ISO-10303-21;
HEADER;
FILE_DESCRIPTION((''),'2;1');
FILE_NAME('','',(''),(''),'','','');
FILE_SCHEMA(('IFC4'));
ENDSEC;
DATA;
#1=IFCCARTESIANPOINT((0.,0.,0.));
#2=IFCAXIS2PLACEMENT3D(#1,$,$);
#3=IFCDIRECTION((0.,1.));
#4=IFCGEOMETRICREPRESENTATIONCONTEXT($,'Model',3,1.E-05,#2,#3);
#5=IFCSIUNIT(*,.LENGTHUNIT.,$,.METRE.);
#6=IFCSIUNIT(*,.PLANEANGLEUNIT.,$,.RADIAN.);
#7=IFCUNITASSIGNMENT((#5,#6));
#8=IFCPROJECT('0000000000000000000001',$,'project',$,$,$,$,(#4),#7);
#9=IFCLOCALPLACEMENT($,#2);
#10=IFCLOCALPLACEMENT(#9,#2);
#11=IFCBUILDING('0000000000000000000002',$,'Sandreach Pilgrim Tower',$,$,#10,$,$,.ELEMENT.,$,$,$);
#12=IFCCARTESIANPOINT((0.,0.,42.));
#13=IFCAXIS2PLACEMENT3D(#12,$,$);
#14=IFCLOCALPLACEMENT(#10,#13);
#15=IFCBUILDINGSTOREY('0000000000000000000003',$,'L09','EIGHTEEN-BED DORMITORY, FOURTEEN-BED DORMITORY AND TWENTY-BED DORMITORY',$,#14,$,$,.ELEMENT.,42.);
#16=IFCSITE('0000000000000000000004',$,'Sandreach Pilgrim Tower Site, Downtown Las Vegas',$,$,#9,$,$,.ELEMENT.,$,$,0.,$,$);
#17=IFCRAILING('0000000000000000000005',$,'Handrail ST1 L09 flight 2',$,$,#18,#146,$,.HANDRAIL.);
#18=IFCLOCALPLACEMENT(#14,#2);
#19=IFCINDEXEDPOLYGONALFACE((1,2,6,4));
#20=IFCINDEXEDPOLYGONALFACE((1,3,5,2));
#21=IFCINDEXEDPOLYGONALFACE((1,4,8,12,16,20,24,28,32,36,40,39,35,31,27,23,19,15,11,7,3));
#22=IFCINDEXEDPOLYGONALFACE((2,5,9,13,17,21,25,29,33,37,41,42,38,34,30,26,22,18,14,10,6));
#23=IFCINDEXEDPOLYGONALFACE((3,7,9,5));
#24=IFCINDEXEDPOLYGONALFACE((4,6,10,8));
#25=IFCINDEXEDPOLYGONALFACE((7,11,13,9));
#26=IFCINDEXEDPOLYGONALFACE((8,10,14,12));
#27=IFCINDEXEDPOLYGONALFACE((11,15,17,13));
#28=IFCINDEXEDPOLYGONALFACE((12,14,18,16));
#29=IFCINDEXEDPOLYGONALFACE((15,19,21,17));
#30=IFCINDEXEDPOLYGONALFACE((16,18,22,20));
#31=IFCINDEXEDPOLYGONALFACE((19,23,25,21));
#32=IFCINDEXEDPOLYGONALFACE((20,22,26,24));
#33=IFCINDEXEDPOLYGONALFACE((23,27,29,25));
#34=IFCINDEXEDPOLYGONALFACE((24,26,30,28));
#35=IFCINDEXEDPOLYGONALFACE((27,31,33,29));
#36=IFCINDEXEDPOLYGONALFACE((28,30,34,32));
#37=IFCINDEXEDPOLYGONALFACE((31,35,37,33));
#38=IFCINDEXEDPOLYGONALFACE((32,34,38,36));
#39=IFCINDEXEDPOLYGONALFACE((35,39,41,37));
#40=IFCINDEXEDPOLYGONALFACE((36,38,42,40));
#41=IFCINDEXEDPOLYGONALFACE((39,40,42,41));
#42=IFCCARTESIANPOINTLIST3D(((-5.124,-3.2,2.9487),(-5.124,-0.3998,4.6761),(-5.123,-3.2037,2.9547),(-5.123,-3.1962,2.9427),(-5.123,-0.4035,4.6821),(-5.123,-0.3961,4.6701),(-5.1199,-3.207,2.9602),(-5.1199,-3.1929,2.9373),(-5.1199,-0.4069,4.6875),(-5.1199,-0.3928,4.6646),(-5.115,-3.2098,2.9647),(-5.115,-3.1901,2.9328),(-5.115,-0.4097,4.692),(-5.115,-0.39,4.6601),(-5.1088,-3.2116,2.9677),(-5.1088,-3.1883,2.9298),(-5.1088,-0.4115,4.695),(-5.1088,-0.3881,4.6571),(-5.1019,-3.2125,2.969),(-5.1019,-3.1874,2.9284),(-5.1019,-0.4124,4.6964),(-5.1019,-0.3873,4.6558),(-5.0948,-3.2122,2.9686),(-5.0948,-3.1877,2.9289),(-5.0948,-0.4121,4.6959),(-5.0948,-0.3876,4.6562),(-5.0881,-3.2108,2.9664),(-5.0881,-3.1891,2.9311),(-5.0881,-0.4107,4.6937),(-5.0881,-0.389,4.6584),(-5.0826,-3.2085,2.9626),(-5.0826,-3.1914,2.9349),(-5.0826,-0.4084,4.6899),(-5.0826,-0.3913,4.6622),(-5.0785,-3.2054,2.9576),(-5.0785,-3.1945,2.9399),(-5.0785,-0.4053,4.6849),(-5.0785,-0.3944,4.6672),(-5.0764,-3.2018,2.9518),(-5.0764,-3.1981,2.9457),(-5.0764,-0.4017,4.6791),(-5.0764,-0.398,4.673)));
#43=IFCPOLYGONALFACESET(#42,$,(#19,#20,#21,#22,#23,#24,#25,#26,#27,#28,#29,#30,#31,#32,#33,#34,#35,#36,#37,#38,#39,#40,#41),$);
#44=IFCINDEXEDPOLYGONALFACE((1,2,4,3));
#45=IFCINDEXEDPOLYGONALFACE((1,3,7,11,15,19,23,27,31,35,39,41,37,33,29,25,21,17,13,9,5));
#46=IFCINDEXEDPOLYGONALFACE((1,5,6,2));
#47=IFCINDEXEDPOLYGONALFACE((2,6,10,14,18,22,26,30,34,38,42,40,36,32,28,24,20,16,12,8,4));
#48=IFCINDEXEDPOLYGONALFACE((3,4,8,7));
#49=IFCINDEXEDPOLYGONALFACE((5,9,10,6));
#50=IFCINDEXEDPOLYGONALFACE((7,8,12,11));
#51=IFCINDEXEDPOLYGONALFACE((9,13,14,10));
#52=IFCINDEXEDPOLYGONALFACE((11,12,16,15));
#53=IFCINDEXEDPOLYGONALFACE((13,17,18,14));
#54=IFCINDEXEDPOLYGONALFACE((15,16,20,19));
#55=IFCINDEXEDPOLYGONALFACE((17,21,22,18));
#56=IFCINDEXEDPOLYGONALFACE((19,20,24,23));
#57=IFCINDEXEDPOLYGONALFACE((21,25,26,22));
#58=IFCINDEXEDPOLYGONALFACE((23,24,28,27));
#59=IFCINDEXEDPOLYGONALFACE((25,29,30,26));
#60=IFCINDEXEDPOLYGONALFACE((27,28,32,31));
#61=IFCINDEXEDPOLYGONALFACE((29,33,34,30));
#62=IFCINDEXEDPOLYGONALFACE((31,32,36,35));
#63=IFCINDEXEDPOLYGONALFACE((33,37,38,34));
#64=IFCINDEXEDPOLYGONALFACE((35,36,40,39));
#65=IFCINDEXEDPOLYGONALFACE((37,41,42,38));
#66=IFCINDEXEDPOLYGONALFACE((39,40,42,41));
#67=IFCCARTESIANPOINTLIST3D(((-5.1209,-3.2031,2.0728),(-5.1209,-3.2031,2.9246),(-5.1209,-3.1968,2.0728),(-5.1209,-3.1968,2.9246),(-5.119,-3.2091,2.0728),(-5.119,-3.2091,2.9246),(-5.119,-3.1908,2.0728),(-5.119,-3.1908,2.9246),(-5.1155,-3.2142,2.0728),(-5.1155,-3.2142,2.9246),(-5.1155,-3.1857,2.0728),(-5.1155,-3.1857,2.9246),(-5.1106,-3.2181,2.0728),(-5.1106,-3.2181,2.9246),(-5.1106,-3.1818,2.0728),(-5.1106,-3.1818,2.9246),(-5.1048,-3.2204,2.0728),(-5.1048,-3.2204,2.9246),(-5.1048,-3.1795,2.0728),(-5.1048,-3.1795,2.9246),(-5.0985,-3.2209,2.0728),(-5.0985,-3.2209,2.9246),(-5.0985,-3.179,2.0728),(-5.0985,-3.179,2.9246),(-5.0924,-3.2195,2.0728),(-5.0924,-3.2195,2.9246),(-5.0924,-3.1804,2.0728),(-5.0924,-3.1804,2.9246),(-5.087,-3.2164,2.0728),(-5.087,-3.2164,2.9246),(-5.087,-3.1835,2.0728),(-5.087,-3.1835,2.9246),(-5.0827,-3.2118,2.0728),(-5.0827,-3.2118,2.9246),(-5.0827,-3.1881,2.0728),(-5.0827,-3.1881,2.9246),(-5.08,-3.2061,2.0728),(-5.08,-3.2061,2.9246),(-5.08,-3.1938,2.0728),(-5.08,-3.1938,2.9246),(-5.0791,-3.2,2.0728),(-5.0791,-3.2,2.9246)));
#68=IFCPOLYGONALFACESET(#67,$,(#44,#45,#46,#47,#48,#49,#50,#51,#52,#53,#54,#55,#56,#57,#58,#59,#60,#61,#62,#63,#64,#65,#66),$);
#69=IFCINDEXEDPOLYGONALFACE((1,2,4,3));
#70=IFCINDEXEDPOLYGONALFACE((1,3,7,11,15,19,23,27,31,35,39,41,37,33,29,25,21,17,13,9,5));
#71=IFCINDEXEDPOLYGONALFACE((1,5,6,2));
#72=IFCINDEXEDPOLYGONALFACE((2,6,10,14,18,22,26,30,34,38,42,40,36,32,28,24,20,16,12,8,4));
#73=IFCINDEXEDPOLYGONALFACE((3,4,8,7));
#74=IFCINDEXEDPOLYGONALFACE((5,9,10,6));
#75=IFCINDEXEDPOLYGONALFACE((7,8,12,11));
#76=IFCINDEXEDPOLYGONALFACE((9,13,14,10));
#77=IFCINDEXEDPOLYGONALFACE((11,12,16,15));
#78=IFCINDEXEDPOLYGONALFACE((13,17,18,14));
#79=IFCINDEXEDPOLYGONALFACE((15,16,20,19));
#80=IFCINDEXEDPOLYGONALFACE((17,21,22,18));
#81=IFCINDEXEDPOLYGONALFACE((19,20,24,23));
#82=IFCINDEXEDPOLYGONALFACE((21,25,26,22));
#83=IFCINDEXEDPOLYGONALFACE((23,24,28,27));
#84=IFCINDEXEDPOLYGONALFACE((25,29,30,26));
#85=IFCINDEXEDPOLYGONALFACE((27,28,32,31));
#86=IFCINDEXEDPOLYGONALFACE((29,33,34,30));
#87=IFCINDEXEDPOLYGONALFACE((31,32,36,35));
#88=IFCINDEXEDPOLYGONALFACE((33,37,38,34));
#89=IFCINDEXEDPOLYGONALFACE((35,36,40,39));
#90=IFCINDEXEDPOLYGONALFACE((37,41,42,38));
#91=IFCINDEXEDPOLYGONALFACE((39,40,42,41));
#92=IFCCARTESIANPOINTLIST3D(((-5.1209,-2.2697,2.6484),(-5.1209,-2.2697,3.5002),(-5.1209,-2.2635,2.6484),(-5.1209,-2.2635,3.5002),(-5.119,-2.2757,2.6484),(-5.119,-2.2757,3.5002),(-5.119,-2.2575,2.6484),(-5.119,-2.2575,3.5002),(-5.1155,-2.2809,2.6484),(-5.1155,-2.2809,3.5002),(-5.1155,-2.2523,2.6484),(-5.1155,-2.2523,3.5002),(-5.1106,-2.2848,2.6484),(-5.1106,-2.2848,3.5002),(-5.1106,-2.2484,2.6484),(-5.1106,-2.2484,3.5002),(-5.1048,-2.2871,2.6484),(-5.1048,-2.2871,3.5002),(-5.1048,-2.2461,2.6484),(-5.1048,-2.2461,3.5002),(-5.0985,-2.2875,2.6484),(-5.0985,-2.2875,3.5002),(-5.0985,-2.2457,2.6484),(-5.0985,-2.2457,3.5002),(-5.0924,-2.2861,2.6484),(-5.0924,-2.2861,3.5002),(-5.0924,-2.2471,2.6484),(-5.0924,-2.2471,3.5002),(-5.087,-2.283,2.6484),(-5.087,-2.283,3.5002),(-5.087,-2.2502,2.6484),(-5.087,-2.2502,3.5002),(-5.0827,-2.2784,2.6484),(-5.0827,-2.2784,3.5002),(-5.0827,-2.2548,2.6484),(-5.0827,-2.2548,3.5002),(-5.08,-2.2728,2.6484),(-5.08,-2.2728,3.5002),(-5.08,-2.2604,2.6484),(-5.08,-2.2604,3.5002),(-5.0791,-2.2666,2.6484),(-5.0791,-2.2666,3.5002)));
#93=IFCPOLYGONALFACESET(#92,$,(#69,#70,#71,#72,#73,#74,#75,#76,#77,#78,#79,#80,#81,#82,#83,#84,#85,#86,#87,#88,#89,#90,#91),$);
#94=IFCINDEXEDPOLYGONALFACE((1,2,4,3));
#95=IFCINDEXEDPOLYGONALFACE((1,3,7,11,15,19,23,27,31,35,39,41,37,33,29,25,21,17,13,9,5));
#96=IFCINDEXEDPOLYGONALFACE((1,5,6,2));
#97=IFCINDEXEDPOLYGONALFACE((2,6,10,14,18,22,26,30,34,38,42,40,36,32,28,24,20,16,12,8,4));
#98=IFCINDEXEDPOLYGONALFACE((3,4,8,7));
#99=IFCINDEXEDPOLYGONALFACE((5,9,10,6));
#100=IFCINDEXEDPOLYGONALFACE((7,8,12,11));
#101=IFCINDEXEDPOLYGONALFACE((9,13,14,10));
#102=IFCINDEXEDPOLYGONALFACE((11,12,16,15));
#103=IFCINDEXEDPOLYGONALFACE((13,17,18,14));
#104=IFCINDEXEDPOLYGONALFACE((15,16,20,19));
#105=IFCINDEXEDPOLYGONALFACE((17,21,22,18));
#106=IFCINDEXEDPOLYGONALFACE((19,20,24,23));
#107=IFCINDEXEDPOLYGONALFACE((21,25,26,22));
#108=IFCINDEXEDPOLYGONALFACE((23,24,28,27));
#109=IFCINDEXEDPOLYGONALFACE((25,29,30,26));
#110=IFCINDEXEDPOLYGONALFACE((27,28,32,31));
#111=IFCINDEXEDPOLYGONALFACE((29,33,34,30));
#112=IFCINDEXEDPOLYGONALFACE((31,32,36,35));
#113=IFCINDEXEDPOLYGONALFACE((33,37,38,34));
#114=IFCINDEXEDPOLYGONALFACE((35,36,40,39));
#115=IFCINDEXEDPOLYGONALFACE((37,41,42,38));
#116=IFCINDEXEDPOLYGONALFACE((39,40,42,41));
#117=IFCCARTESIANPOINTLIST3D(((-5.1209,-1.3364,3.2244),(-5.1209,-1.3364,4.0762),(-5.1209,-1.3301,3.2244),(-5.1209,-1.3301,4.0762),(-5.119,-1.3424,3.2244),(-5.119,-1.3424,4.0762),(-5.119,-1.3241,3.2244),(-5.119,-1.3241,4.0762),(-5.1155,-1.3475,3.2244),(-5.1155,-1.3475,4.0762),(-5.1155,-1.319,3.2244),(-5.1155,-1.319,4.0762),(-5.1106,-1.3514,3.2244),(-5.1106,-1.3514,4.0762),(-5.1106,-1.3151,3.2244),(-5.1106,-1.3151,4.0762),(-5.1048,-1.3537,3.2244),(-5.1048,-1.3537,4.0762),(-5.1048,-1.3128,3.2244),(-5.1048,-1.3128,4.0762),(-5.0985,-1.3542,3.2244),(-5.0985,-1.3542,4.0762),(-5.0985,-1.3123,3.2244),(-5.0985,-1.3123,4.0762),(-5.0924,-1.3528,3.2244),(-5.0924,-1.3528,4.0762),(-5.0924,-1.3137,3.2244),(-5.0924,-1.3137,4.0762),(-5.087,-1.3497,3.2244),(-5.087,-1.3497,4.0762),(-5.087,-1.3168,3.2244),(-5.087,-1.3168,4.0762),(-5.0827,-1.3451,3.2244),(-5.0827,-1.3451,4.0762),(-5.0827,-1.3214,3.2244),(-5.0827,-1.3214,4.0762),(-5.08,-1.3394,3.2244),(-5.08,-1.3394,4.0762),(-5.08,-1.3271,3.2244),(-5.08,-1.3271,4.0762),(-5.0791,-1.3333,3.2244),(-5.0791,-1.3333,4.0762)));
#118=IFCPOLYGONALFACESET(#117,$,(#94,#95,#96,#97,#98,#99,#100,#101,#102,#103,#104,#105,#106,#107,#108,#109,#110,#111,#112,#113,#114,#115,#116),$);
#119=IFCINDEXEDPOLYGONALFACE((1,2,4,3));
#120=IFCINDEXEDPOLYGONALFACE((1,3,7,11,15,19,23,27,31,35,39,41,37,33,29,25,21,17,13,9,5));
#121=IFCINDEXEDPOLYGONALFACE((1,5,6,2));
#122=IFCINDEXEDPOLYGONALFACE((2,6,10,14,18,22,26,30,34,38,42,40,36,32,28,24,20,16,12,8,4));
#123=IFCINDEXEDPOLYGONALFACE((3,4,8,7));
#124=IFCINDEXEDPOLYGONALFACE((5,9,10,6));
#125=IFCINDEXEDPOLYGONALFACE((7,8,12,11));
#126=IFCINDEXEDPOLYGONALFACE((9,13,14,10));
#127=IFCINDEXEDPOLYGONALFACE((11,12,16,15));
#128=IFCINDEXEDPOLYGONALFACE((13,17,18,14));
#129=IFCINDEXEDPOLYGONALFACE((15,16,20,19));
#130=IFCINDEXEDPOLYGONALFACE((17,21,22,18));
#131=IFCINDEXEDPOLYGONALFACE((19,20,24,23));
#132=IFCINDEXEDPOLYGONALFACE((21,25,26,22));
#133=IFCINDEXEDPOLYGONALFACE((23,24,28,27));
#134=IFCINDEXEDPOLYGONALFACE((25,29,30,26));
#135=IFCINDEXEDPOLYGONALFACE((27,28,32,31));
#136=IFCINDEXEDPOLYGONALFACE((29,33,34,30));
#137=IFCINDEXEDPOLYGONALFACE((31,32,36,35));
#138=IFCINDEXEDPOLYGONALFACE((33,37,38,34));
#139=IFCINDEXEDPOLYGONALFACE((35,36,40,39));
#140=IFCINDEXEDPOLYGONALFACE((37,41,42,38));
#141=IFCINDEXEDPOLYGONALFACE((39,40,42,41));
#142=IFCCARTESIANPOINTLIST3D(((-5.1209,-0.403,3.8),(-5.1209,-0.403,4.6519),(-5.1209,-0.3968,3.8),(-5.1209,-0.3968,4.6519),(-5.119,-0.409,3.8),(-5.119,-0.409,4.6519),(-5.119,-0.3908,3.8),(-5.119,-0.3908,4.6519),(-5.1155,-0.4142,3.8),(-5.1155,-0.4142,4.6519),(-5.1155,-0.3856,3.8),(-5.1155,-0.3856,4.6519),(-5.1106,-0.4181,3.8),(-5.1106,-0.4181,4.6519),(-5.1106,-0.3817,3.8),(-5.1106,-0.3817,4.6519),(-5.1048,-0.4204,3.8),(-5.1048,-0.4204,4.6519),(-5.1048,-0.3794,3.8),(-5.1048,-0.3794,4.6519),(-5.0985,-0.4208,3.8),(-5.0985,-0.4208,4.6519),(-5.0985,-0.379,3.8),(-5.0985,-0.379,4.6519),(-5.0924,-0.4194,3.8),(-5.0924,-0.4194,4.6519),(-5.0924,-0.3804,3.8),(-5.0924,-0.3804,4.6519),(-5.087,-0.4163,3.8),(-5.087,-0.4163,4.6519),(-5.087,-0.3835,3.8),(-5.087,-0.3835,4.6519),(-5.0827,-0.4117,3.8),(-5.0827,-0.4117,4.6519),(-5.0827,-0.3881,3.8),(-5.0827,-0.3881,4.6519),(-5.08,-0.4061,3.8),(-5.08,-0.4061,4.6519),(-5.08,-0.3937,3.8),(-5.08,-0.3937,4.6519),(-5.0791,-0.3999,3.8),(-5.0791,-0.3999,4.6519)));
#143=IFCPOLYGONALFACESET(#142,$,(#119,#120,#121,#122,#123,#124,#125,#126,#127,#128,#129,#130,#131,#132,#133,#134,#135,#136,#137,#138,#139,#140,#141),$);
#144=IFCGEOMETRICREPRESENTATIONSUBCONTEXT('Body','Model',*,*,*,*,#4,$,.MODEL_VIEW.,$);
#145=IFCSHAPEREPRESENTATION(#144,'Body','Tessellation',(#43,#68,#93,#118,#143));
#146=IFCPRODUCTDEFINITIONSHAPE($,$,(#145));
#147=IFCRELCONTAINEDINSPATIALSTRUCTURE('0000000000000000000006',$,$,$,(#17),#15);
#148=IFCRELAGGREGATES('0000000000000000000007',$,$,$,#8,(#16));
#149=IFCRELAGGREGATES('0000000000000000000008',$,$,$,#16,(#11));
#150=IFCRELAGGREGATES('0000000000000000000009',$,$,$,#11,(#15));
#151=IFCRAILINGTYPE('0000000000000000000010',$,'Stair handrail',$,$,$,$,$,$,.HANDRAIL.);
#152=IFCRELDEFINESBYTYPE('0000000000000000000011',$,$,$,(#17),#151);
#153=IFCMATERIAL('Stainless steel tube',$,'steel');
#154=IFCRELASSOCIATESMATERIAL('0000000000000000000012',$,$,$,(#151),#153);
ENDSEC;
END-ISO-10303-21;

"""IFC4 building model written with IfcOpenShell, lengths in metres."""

from ifc_helpers import new_model, si_unit, direction, frame, origin, origin_2d, place, context, subcontext, project, spatial, circle, extrude, material, type_object, element, save


model = new_model("IFC4")

# Units and contexts
model_context = context("Model", 3, precision=1e-05, world=origin(), true_north=direction((0.0, 1.0)))
body_context = subcontext(model_context, "Body", "Model", "MODEL_VIEW")
ifc_project = project(units=[si_unit("LENGTHUNIT", "METRE"), si_unit("PLANEANGLEUNIT", "RADIAN")], contexts=[model_context])

# Site, building, storey
site_placement = place(None, origin())
site = spatial("IfcSite", under=ifc_project, at=site_placement, Name="Sandreach Pilgrim Tower Site, Downtown Las Vegas", CompositionType="ELEMENT", RefElevation=0.0)
building_placement = place(site_placement, origin())
building = spatial("IfcBuilding", under=site, at=building_placement, Name="Sandreach Pilgrim Tower", CompositionType="ELEMENT")
storey_placement = place(building_placement, frame((0.0, 0.0, 42.0)))
storey = spatial("IfcBuildingStorey", under=building, at=storey_placement, Name="L09", Description="EIGHTEEN-BED DORMITORY, FOURTEEN-BED DORMITORY AND TWENTY-BED DORMITORY", CompositionType="ELEMENT", Elevation=42.0)

# Railing
ifc_material_1 = material(Name="Stainless steel tube", Category="steel")
railing_type = type_object("IfcRailingType", Name="Stair handrail", PredefinedType="HANDRAIL", material=ifc_material_1)
for number, where, name in (
    (1, (-5.1001, -3.2, 2.0728), "Handrail ST1 L09 flight 2"),
):
    element("IfcRailing", number, at=place(storey_placement, frame(where)), inside=storey, type_object=railing_type, Name=name, PredefinedType="HANDRAIL", context=body_context, shape_type="SweptSolid", body=[
        extrude(circle(Radius=0.0239, at=origin_2d()), frame((0.0, 0.0, 0.876), z_axis=(0.0, 0.85109, 0.52502), x_axis=(-1.0, 0.0, 0.0)), (0.0, 0.0, 1.0), 3.29),
        extrude(circle(Radius=0.021, at=origin_2d()), origin(), (0.0, 0.0, 1.0), 0.8518),
        extrude(circle(Radius=0.021, at=origin_2d()), frame((0.0, 0.9333, 0.5757)), (0.0, 0.0, 1.0), 0.8518),
        extrude(circle(Radius=0.021, at=origin_2d()), frame((0.0, 1.8667, 1.1516)), (0.0, 0.0, 1.0), 0.8518),
        extrude(circle(Radius=0.021, at=origin_2d()), frame((0.0, 2.8, 1.7273)), (0.0, 0.0, 1.0), 0.8518),
    ])

save(model, "model.ifc")
